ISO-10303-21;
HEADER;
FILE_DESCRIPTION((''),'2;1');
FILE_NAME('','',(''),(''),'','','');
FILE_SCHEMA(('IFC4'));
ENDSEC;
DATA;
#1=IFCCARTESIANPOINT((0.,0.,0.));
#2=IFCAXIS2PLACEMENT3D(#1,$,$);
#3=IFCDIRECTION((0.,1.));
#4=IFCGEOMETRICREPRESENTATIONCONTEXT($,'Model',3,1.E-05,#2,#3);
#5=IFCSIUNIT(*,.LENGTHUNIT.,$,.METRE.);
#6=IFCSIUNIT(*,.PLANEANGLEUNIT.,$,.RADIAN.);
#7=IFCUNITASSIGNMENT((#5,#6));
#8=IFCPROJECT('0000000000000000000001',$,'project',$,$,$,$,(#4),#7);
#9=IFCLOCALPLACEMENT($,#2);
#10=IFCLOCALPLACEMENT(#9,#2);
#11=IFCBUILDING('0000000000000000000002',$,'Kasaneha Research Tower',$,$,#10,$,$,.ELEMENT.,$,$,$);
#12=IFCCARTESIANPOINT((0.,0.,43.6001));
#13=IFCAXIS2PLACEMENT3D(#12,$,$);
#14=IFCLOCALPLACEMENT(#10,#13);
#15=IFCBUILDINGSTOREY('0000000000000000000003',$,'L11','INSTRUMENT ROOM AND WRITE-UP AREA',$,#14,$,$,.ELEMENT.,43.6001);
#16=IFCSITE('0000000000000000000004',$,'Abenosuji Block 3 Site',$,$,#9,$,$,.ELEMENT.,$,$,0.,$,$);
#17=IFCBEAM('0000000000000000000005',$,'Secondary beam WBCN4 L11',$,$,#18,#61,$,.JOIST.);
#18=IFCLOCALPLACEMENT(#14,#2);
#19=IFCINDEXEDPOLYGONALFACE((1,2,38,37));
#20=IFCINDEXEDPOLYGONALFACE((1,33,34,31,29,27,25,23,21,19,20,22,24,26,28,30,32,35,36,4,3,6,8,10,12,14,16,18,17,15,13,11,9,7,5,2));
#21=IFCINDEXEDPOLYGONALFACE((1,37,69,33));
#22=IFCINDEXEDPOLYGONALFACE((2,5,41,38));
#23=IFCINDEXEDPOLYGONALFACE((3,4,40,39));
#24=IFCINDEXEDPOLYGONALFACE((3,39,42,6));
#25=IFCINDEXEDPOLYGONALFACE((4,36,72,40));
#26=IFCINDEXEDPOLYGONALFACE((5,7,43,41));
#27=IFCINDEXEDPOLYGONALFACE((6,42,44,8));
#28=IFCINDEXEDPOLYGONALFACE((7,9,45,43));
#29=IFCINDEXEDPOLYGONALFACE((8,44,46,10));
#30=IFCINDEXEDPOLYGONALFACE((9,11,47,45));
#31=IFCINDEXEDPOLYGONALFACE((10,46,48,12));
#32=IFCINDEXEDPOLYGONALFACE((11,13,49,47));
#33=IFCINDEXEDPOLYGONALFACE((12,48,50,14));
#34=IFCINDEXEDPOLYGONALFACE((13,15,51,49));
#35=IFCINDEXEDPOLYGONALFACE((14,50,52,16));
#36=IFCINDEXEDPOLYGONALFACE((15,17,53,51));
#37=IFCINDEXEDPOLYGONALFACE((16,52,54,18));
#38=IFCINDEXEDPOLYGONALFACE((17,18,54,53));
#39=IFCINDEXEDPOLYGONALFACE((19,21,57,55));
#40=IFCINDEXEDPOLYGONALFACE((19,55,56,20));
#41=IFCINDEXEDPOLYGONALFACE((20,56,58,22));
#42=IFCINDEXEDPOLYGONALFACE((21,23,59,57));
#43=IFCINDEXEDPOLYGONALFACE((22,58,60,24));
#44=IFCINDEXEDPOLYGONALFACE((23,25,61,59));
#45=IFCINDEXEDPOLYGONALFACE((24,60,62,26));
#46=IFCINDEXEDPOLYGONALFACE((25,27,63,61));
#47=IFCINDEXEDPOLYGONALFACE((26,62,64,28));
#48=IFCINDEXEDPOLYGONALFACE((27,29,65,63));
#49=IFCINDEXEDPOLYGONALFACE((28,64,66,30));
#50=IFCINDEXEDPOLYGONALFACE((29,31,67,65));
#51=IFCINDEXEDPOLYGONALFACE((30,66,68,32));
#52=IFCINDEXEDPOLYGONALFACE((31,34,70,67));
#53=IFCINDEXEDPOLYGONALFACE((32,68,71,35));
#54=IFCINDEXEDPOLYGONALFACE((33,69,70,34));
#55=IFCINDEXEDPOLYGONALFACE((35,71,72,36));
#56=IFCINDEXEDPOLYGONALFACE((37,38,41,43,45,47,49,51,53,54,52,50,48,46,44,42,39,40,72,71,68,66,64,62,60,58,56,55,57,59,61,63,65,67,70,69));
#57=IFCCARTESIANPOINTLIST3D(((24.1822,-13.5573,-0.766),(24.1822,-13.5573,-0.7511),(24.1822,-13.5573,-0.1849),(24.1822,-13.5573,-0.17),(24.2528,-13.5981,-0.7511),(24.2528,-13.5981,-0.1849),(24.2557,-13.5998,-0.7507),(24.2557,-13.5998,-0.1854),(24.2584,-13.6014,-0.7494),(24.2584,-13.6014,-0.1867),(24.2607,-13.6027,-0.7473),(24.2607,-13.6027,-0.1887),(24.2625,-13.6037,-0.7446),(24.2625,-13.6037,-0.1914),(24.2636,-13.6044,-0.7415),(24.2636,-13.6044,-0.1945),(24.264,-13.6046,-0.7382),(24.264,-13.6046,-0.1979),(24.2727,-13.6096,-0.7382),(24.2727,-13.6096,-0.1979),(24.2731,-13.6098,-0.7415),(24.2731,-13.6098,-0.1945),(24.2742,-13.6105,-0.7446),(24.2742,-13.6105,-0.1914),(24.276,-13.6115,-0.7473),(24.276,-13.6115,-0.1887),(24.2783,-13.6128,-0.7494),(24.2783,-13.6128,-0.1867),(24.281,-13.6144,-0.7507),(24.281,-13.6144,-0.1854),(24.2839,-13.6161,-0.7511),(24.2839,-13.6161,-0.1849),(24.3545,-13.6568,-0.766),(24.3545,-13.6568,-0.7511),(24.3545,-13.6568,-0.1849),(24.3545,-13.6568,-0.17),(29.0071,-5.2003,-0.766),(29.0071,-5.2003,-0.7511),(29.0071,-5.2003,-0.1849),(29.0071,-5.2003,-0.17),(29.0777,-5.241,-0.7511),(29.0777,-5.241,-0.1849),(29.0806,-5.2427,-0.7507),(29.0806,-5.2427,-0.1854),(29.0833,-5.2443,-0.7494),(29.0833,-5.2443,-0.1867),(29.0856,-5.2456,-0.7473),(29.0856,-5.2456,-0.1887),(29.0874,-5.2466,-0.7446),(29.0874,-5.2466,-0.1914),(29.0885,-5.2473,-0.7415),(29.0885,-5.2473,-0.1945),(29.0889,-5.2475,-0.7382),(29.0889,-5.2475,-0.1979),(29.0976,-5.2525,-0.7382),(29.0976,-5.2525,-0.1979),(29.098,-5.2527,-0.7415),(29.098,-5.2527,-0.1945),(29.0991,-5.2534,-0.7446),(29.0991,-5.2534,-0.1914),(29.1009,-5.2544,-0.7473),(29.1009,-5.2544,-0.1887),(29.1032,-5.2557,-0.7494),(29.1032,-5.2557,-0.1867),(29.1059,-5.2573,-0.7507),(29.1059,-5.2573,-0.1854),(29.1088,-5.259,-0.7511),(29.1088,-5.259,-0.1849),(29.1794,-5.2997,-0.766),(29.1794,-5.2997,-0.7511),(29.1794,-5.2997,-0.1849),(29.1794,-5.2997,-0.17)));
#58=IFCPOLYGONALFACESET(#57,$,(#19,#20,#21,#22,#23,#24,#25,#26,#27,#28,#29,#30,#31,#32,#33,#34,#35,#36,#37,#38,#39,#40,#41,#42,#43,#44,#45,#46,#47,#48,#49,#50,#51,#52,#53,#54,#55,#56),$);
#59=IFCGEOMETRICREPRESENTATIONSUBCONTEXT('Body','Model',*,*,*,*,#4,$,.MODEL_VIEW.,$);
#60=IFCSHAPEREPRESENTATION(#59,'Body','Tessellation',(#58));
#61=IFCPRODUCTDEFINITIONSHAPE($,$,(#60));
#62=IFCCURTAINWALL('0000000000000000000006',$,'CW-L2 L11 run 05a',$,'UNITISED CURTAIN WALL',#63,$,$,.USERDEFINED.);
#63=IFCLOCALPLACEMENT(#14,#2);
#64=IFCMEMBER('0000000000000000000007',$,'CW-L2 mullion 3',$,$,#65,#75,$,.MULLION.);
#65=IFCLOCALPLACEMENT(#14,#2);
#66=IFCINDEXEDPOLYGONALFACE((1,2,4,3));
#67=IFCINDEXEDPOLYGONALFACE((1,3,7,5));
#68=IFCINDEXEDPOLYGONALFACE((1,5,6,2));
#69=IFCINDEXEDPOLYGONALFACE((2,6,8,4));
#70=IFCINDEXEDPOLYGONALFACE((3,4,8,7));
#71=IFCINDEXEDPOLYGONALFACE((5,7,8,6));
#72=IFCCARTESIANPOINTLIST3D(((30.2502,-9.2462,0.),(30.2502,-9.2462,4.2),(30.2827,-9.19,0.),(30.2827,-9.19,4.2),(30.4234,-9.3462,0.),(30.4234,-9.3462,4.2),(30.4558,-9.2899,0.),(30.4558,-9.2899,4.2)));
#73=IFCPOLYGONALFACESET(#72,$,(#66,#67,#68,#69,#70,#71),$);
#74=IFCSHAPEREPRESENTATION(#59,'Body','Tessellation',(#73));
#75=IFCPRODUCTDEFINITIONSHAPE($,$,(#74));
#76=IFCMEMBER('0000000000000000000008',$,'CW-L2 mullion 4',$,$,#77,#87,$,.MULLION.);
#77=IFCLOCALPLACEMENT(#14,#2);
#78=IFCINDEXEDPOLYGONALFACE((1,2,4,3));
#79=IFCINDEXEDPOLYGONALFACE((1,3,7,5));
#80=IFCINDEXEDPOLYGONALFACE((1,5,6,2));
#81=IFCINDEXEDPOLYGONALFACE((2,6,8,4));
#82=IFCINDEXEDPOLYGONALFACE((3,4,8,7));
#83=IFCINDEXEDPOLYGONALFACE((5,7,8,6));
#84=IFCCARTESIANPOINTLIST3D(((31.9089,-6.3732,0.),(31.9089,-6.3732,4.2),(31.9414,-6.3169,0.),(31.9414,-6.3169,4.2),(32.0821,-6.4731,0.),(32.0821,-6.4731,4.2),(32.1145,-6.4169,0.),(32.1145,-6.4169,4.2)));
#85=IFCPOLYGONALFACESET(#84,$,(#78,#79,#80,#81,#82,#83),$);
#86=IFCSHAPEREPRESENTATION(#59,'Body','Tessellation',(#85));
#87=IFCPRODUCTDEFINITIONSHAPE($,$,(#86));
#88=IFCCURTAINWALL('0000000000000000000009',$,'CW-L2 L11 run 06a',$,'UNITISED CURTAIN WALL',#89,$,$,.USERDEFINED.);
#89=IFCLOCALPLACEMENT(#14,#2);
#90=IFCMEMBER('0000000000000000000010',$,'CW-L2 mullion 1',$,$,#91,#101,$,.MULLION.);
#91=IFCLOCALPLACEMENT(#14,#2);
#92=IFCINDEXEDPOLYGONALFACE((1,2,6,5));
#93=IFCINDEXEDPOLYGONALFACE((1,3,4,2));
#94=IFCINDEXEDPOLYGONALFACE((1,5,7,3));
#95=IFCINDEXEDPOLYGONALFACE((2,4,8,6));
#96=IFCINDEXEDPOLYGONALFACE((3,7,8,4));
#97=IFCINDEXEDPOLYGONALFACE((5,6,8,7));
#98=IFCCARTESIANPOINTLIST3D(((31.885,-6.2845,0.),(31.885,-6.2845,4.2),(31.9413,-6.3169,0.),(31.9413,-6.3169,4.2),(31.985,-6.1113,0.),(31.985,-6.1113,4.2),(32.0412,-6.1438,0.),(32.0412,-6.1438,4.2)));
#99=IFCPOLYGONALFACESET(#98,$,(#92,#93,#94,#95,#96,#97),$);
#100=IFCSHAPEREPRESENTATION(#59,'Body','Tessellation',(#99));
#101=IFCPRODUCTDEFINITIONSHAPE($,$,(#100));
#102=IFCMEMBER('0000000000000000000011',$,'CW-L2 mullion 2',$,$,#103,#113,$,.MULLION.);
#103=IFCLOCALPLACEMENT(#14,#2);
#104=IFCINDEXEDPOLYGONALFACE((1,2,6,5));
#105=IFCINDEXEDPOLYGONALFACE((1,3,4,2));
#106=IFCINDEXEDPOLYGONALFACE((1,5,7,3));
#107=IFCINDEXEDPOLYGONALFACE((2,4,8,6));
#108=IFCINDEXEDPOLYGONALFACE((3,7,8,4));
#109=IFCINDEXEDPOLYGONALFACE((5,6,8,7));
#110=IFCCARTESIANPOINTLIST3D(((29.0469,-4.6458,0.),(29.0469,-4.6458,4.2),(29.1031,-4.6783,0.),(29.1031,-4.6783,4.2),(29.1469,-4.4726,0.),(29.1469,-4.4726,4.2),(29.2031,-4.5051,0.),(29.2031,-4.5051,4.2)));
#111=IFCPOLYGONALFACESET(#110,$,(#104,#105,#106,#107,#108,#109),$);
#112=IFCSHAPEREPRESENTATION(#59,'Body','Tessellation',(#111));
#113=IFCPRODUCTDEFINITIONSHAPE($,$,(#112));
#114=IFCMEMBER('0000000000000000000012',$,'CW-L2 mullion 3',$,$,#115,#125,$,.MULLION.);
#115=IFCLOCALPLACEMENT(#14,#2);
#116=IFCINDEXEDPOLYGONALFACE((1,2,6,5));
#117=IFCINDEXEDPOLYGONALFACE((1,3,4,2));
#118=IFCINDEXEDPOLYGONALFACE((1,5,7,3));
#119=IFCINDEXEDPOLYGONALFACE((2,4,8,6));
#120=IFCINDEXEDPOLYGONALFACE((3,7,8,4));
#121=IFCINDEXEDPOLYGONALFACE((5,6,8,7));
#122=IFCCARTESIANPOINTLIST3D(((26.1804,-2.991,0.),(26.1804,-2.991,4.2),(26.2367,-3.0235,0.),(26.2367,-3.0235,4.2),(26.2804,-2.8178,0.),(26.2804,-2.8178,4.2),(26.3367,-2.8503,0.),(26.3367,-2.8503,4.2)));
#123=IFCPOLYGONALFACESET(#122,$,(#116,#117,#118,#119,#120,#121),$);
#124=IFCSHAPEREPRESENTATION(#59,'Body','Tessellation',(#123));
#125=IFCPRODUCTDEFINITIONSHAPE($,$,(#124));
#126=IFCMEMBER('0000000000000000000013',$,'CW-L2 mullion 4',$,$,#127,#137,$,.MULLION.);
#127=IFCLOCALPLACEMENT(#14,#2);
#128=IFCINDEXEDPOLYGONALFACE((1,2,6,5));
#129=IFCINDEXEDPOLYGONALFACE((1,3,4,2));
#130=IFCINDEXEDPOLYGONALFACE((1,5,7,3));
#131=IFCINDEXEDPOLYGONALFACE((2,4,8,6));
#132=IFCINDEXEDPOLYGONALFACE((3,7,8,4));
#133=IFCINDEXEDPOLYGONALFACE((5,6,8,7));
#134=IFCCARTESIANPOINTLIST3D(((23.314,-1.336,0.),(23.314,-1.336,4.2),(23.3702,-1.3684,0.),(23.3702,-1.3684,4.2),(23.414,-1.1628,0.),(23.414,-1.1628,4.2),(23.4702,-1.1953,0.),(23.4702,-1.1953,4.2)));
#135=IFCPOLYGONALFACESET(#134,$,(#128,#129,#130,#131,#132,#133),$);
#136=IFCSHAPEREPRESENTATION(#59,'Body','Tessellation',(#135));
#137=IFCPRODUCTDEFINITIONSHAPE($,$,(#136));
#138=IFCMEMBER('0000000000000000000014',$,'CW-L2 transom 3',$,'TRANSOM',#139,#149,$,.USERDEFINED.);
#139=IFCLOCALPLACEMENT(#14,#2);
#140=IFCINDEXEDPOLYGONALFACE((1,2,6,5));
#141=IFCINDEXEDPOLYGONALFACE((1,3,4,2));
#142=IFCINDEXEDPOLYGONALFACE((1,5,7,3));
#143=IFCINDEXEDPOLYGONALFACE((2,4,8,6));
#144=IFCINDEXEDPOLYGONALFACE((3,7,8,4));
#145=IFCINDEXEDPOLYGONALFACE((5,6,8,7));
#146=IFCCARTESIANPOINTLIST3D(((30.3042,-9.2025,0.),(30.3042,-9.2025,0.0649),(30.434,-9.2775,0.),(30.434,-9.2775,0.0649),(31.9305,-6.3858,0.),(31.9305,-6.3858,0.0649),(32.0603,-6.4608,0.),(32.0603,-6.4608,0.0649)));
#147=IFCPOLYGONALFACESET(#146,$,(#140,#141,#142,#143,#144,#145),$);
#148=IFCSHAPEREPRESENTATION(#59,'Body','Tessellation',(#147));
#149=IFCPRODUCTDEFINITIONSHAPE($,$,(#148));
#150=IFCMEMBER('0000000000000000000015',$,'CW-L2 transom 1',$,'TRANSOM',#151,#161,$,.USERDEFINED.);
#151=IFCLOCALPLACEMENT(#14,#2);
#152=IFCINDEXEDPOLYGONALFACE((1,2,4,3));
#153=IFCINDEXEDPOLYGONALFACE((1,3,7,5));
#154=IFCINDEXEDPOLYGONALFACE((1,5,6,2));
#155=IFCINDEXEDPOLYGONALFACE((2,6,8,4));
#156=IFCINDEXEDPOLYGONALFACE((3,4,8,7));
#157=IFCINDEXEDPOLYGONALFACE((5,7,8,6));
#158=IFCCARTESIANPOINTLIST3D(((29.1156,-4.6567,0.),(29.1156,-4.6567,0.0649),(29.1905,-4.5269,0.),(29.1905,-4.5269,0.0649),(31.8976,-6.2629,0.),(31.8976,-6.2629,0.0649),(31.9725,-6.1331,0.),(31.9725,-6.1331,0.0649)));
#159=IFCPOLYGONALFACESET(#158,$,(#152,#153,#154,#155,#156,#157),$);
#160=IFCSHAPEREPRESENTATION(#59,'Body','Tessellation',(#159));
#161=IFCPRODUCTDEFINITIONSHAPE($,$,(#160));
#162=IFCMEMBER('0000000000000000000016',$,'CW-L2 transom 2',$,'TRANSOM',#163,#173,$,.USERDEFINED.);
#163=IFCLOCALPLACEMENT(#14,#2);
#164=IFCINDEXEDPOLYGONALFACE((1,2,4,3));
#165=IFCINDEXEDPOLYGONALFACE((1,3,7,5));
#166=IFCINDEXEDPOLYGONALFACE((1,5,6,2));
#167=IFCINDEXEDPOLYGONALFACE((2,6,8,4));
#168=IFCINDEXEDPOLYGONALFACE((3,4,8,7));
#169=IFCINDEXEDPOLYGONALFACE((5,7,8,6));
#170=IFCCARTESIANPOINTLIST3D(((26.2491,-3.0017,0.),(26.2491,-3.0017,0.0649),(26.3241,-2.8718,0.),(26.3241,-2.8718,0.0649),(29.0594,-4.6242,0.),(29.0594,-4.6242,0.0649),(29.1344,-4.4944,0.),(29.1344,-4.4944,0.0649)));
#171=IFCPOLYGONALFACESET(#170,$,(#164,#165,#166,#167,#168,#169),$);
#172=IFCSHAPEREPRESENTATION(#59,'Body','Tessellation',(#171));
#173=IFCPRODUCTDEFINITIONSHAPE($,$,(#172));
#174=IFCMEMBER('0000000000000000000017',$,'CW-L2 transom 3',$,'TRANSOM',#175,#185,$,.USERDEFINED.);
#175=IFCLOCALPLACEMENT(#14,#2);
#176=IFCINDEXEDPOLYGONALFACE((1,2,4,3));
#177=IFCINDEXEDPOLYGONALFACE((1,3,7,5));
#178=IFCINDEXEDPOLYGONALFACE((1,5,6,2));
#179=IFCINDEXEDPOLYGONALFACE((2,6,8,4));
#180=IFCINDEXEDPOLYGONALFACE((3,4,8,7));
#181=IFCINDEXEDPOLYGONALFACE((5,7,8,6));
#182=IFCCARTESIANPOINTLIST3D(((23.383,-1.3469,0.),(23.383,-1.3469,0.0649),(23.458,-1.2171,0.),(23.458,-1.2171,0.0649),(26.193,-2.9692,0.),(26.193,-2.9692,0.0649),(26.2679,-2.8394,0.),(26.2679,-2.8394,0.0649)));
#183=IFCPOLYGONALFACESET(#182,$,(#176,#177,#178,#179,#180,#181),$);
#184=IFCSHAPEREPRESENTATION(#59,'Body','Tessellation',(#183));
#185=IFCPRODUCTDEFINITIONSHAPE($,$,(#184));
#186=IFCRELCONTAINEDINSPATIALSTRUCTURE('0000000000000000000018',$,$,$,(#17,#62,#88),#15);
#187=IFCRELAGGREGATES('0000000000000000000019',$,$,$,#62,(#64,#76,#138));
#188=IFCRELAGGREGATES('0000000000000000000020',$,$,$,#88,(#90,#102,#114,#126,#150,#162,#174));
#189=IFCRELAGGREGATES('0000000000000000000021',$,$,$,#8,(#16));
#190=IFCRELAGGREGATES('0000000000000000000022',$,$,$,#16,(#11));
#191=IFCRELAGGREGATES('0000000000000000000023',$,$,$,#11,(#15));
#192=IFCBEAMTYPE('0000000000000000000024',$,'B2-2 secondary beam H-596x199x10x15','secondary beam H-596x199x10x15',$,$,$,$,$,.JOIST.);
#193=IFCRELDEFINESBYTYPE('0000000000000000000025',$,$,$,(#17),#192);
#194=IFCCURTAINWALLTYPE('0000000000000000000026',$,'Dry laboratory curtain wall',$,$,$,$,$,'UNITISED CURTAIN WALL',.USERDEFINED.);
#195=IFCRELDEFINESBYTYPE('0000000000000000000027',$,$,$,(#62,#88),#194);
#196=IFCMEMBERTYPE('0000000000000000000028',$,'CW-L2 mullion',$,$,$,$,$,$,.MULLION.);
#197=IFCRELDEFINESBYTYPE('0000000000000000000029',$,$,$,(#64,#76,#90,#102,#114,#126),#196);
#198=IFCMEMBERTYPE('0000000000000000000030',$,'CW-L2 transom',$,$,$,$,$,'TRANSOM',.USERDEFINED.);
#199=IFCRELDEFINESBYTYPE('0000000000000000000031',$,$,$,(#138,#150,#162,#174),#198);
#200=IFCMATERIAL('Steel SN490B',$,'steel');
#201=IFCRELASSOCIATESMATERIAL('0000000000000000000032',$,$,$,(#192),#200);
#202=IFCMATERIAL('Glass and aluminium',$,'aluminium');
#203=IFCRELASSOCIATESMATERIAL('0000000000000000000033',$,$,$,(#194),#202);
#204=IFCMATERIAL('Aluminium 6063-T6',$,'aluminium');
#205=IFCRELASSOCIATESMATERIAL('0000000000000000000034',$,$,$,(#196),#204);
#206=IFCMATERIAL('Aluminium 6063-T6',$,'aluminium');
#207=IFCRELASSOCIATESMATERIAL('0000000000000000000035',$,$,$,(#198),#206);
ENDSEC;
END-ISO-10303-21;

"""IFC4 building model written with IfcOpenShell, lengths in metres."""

from ifc_helpers import new_model, si_unit, direction, frame, origin, origin_2d, place, context, subcontext, project, spatial, rectangle, i_section, extrude, material, material_profile, profile_set, type_object, element, aggregate, save


model = new_model("IFC4")

# Units and contexts
model_context = context("Model", 3, precision=1e-05, world=origin(), true_north=direction((0.0, 1.0)))
body_context = subcontext(model_context, "Body", "Model", "MODEL_VIEW")
ifc_project = project(units=[si_unit("LENGTHUNIT", "METRE"), si_unit("PLANEANGLEUNIT", "RADIAN")], contexts=[model_context])

# Site, building, storey
site_placement = place(None, origin())
site = spatial("IfcSite", under=ifc_project, at=site_placement, Name="Abenosuji Block 3 Site", CompositionType="ELEMENT", RefElevation=0.0)
building_placement = place(site_placement, origin())
building = spatial("IfcBuilding", under=site, at=building_placement, Name="Kasaneha Research Tower", CompositionType="ELEMENT")
storey_placement = place(building_placement, frame((0.0, 0.0, 43.6001)))
storey = spatial("IfcBuildingStorey", under=building, at=storey_placement, Name="L11", Description="INSTRUMENT ROOM AND WRITE-UP AREA", CompositionType="ELEMENT", Elevation=43.6001)

# Beam
ifc_material_1 = material(Name="Steel SN490B", Category="steel")
ifc_material_profile_1 = material_profile(ifc_material_1, i_section(OverallWidth=0.199, OverallDepth=0.5959, WebThickness=0.01, FlangeThickness=0.0149, FilletRadius=0.0129, at=origin_2d()), Name="H-596x199x10x15")
ifc_profile_set_1 = profile_set([ifc_material_profile_1], Name="Steel SN490B")
beam_type_1 = type_object("IfcBeamType", Name="B2-2 secondary beam H-596x199x10x15", Description="secondary beam H-596x199x10x15", PredefinedType="JOIST", material=ifc_profile_set_1)
for number, where, z_axis, x_axis, name in (
    (1, (29.0933, -5.25, -0.468), (-0.499995, -0.866028, 0.0), (0.866028, -0.499995, 0.0), "Secondary beam WBCN4 L11"),
):
    element("IfcBeam", number, at=place(storey_placement, frame(where, z_axis=z_axis, x_axis=x_axis)), inside=storey, type_object=beam_type_1, Name=name, PredefinedType="JOIST", context=body_context, shape_type="SweptSolid", body=[
        extrude(i_section(OverallWidth=0.199, OverallDepth=0.5959, WebThickness=0.01, FlangeThickness=0.0149, FilletRadius=0.0129, at=origin_2d()), origin(), (0.0, 0.0, 1.0), 9.6499),
    ])

# Curtain walls, members
ifc_material_2 = material(Name="Glass and aluminium", Category="aluminium")
curtain_wall_type = type_object("IfcCurtainWallType", Name="Dry laboratory curtain wall", ElementType="UNITISED CURTAIN WALL", PredefinedType="USERDEFINED", material=ifc_material_2)
curtain_wall_1_placement = place(storey_placement, origin())
curtain_wall_1 = element("IfcCurtainWall", 2, at=curtain_wall_1_placement, inside=storey, type_object=curtain_wall_type, Name="CW-L2 L11 run 05a", ObjectType="UNITISED CURTAIN WALL", PredefinedType="USERDEFINED")
ifc_material_3 = material(Name="Aluminium 6063-T6", Category="aluminium")
ifc_material_profile_2 = material_profile(ifc_material_3, rectangle(XDim=0.0649, YDim=0.2, at=origin_2d()), Name="CW-L2 mullion 65x200")
ifc_profile_set_2 = profile_set([ifc_material_profile_2], Name="Aluminium 6063-T6")
member_type_1 = type_object("IfcMemberType", Name="CW-L2 mullion", PredefinedType="MULLION", material=ifc_profile_set_2)
member_1_placement = place(storey_placement, frame((30.353, -9.2681, 0.0), z_axis=(0.0, 0.0, 1.0), x_axis=(0.5, 0.866025, 0.0)))
member_1 = element("IfcMember", 3, at=member_1_placement, type_object=member_type_1, Name="CW-L2 mullion 3", PredefinedType="MULLION", context=body_context, shape_type="SweptSolid", body=[
    extrude(rectangle(XDim=0.0649, YDim=0.2, at=origin_2d()), origin(), (0.0, 0.0, 1.0), 4.2),
])
member_2_placement = place(storey_placement, frame((32.0117, -6.395, 0.0), z_axis=(0.0, 0.0, 1.0), x_axis=(0.5, 0.866025, 0.0)))
member_2 = element("IfcMember", 4, at=member_2_placement, type_object=member_type_1, Name="CW-L2 mullion 4", PredefinedType="MULLION", context=body_context, shape_type="SweptSolid", body=[
    extrude(rectangle(XDim=0.0649, YDim=0.2, at=origin_2d()), origin(), (0.0, 0.0, 1.0), 4.2),
])
curtain_wall_2_placement = place(storey_placement, origin())
curtain_wall_2 = element("IfcCurtainWall", 5, at=curtain_wall_2_placement, inside=storey, type_object=curtain_wall_type, Name="CW-L2 L11 run 06a", ObjectType="UNITISED CURTAIN WALL", PredefinedType="USERDEFINED")
member_3_placement = place(storey_placement, frame((31.9631, -6.2141, 0.0), z_axis=(0.0, 0.0, 1.0), x_axis=(-0.866025, 0.5, 0.0)))
member_3 = element("IfcMember", 6, at=member_3_placement, type_object=member_type_1, Name="CW-L2 mullion 1", PredefinedType="MULLION", context=body_context, shape_type="SweptSolid", body=[
    extrude(rectangle(XDim=0.0649, YDim=0.2, at=origin_2d()), origin(), (0.0, 0.0, 1.0), 4.2),
])
member_4_placement = place(storey_placement, frame((29.125, -4.5754, 0.0), z_axis=(0.0, 0.0, 1.0), x_axis=(-0.866025, 0.5, 0.0)))
member_4 = element("IfcMember", 7, at=member_4_placement, type_object=member_type_1, Name="CW-L2 mullion 2", PredefinedType="MULLION", context=body_context, shape_type="SweptSolid", body=[
    extrude(rectangle(XDim=0.0649, YDim=0.2, at=origin_2d()), origin(), (0.0, 0.0, 1.0), 4.2),
])
member_5_placement = place(storey_placement, frame((26.2585, -2.9207, 0.0), z_axis=(0.0, 0.0, 1.0), x_axis=(-0.866025, 0.5, 0.0)))
member_5 = element("IfcMember", 8, at=member_5_placement, type_object=member_type_1, Name="CW-L2 mullion 3", PredefinedType="MULLION", context=body_context, shape_type="SweptSolid", body=[
    extrude(rectangle(XDim=0.0649, YDim=0.2, at=origin_2d()), origin(), (0.0, 0.0, 1.0), 4.2),
])
member_6_placement = place(storey_placement, frame((23.3921, -1.2656, 0.0), z_axis=(0.0, 0.0, 1.0), x_axis=(-0.866025, 0.5, 0.0)))
member_6 = element("IfcMember", 9, at=member_6_placement, type_object=member_type_1, Name="CW-L2 mullion 4", PredefinedType="MULLION", context=body_context, shape_type="SweptSolid", body=[
    extrude(rectangle(XDim=0.0649, YDim=0.2, at=origin_2d()), origin(), (0.0, 0.0, 1.0), 4.2),
])

# Members
ifc_material_4 = material(Name="Aluminium 6063-T6", Category="aluminium")
ifc_material_profile_3 = material_profile(ifc_material_4, rectangle(XDim=0.1499, YDim=0.0649, at=origin_2d()), Name="CW-L2 transom 150x65")
ifc_profile_set_3 = profile_set([ifc_material_profile_3], Name="Aluminium 6063-T6")
member_type_2 = type_object("IfcMemberType", Name="CW-L2 transom", ElementType="TRANSOM", PredefinedType="USERDEFINED", material=ifc_profile_set_3)
member_7_placement = place(storey_placement, frame((30.3691, -9.24, 0.0325), z_axis=(0.500006, 0.866022, 0.0), x_axis=(-0.866022, 0.500006, 0.0)))
member_7 = element("IfcMember", 10, at=member_7_placement, type_object=member_type_2, Name="CW-L2 transom 3", ObjectType="TRANSOM", PredefinedType="USERDEFINED", context=body_context, shape_type="SweptSolid", body=[
    extrude(rectangle(XDim=0.1499, YDim=0.0649, at=origin_2d()), origin(), (0.0, 0.0, 1.0), 3.2524),
])
member_8_placement = place(storey_placement, frame((31.9351, -6.198, 0.0325), z_axis=(-0.866022, 0.500005, 0.0), x_axis=(-0.500005, -0.866022, 0.0)))
member_8 = element("IfcMember", 11, at=member_8_placement, type_object=member_type_2, Name="CW-L2 transom 1", ObjectType="TRANSOM", PredefinedType="USERDEFINED", context=body_context, shape_type="SweptSolid", body=[
    extrude(rectangle(XDim=0.1499, YDim=0.0649, at=origin_2d()), origin(), (0.0, 0.0, 1.0), 3.2124),
])
member_9_placement = place(storey_placement, frame((29.0969, -4.5593, 0.0325), z_axis=(-0.866021, 0.500007, 0.0), x_axis=(-0.500007, -0.866021, 0.0)))
member_9 = element("IfcMember", 12, at=member_9_placement, type_object=member_type_2, Name="CW-L2 transom 2", ObjectType="TRANSOM", PredefinedType="USERDEFINED", context=body_context, shape_type="SweptSolid", body=[
    extrude(rectangle(XDim=0.1499, YDim=0.0649, at=origin_2d()), origin(), (0.0, 0.0, 1.0), 3.2451),
])
member_10_placement = place(storey_placement, frame((26.2305, -2.9043, 0.0325), z_axis=(-0.866035, 0.499983, 0.0), x_axis=(-0.499983, -0.866035, 0.0)))
member_10 = element("IfcMember", 13, at=member_10_placement, type_object=member_type_2, Name="CW-L2 transom 3", ObjectType="TRANSOM", PredefinedType="USERDEFINED", context=body_context, shape_type="SweptSolid", body=[
    extrude(rectangle(XDim=0.1499, YDim=0.0649, at=origin_2d()), origin(), (0.0, 0.0, 1.0), 3.2446),
])

aggregate(curtain_wall_1, [member_1, member_2, member_7])
aggregate(curtain_wall_2, [member_3, member_4, member_5, member_6, member_8, member_9, member_10])

save(model, "model.ifc")
